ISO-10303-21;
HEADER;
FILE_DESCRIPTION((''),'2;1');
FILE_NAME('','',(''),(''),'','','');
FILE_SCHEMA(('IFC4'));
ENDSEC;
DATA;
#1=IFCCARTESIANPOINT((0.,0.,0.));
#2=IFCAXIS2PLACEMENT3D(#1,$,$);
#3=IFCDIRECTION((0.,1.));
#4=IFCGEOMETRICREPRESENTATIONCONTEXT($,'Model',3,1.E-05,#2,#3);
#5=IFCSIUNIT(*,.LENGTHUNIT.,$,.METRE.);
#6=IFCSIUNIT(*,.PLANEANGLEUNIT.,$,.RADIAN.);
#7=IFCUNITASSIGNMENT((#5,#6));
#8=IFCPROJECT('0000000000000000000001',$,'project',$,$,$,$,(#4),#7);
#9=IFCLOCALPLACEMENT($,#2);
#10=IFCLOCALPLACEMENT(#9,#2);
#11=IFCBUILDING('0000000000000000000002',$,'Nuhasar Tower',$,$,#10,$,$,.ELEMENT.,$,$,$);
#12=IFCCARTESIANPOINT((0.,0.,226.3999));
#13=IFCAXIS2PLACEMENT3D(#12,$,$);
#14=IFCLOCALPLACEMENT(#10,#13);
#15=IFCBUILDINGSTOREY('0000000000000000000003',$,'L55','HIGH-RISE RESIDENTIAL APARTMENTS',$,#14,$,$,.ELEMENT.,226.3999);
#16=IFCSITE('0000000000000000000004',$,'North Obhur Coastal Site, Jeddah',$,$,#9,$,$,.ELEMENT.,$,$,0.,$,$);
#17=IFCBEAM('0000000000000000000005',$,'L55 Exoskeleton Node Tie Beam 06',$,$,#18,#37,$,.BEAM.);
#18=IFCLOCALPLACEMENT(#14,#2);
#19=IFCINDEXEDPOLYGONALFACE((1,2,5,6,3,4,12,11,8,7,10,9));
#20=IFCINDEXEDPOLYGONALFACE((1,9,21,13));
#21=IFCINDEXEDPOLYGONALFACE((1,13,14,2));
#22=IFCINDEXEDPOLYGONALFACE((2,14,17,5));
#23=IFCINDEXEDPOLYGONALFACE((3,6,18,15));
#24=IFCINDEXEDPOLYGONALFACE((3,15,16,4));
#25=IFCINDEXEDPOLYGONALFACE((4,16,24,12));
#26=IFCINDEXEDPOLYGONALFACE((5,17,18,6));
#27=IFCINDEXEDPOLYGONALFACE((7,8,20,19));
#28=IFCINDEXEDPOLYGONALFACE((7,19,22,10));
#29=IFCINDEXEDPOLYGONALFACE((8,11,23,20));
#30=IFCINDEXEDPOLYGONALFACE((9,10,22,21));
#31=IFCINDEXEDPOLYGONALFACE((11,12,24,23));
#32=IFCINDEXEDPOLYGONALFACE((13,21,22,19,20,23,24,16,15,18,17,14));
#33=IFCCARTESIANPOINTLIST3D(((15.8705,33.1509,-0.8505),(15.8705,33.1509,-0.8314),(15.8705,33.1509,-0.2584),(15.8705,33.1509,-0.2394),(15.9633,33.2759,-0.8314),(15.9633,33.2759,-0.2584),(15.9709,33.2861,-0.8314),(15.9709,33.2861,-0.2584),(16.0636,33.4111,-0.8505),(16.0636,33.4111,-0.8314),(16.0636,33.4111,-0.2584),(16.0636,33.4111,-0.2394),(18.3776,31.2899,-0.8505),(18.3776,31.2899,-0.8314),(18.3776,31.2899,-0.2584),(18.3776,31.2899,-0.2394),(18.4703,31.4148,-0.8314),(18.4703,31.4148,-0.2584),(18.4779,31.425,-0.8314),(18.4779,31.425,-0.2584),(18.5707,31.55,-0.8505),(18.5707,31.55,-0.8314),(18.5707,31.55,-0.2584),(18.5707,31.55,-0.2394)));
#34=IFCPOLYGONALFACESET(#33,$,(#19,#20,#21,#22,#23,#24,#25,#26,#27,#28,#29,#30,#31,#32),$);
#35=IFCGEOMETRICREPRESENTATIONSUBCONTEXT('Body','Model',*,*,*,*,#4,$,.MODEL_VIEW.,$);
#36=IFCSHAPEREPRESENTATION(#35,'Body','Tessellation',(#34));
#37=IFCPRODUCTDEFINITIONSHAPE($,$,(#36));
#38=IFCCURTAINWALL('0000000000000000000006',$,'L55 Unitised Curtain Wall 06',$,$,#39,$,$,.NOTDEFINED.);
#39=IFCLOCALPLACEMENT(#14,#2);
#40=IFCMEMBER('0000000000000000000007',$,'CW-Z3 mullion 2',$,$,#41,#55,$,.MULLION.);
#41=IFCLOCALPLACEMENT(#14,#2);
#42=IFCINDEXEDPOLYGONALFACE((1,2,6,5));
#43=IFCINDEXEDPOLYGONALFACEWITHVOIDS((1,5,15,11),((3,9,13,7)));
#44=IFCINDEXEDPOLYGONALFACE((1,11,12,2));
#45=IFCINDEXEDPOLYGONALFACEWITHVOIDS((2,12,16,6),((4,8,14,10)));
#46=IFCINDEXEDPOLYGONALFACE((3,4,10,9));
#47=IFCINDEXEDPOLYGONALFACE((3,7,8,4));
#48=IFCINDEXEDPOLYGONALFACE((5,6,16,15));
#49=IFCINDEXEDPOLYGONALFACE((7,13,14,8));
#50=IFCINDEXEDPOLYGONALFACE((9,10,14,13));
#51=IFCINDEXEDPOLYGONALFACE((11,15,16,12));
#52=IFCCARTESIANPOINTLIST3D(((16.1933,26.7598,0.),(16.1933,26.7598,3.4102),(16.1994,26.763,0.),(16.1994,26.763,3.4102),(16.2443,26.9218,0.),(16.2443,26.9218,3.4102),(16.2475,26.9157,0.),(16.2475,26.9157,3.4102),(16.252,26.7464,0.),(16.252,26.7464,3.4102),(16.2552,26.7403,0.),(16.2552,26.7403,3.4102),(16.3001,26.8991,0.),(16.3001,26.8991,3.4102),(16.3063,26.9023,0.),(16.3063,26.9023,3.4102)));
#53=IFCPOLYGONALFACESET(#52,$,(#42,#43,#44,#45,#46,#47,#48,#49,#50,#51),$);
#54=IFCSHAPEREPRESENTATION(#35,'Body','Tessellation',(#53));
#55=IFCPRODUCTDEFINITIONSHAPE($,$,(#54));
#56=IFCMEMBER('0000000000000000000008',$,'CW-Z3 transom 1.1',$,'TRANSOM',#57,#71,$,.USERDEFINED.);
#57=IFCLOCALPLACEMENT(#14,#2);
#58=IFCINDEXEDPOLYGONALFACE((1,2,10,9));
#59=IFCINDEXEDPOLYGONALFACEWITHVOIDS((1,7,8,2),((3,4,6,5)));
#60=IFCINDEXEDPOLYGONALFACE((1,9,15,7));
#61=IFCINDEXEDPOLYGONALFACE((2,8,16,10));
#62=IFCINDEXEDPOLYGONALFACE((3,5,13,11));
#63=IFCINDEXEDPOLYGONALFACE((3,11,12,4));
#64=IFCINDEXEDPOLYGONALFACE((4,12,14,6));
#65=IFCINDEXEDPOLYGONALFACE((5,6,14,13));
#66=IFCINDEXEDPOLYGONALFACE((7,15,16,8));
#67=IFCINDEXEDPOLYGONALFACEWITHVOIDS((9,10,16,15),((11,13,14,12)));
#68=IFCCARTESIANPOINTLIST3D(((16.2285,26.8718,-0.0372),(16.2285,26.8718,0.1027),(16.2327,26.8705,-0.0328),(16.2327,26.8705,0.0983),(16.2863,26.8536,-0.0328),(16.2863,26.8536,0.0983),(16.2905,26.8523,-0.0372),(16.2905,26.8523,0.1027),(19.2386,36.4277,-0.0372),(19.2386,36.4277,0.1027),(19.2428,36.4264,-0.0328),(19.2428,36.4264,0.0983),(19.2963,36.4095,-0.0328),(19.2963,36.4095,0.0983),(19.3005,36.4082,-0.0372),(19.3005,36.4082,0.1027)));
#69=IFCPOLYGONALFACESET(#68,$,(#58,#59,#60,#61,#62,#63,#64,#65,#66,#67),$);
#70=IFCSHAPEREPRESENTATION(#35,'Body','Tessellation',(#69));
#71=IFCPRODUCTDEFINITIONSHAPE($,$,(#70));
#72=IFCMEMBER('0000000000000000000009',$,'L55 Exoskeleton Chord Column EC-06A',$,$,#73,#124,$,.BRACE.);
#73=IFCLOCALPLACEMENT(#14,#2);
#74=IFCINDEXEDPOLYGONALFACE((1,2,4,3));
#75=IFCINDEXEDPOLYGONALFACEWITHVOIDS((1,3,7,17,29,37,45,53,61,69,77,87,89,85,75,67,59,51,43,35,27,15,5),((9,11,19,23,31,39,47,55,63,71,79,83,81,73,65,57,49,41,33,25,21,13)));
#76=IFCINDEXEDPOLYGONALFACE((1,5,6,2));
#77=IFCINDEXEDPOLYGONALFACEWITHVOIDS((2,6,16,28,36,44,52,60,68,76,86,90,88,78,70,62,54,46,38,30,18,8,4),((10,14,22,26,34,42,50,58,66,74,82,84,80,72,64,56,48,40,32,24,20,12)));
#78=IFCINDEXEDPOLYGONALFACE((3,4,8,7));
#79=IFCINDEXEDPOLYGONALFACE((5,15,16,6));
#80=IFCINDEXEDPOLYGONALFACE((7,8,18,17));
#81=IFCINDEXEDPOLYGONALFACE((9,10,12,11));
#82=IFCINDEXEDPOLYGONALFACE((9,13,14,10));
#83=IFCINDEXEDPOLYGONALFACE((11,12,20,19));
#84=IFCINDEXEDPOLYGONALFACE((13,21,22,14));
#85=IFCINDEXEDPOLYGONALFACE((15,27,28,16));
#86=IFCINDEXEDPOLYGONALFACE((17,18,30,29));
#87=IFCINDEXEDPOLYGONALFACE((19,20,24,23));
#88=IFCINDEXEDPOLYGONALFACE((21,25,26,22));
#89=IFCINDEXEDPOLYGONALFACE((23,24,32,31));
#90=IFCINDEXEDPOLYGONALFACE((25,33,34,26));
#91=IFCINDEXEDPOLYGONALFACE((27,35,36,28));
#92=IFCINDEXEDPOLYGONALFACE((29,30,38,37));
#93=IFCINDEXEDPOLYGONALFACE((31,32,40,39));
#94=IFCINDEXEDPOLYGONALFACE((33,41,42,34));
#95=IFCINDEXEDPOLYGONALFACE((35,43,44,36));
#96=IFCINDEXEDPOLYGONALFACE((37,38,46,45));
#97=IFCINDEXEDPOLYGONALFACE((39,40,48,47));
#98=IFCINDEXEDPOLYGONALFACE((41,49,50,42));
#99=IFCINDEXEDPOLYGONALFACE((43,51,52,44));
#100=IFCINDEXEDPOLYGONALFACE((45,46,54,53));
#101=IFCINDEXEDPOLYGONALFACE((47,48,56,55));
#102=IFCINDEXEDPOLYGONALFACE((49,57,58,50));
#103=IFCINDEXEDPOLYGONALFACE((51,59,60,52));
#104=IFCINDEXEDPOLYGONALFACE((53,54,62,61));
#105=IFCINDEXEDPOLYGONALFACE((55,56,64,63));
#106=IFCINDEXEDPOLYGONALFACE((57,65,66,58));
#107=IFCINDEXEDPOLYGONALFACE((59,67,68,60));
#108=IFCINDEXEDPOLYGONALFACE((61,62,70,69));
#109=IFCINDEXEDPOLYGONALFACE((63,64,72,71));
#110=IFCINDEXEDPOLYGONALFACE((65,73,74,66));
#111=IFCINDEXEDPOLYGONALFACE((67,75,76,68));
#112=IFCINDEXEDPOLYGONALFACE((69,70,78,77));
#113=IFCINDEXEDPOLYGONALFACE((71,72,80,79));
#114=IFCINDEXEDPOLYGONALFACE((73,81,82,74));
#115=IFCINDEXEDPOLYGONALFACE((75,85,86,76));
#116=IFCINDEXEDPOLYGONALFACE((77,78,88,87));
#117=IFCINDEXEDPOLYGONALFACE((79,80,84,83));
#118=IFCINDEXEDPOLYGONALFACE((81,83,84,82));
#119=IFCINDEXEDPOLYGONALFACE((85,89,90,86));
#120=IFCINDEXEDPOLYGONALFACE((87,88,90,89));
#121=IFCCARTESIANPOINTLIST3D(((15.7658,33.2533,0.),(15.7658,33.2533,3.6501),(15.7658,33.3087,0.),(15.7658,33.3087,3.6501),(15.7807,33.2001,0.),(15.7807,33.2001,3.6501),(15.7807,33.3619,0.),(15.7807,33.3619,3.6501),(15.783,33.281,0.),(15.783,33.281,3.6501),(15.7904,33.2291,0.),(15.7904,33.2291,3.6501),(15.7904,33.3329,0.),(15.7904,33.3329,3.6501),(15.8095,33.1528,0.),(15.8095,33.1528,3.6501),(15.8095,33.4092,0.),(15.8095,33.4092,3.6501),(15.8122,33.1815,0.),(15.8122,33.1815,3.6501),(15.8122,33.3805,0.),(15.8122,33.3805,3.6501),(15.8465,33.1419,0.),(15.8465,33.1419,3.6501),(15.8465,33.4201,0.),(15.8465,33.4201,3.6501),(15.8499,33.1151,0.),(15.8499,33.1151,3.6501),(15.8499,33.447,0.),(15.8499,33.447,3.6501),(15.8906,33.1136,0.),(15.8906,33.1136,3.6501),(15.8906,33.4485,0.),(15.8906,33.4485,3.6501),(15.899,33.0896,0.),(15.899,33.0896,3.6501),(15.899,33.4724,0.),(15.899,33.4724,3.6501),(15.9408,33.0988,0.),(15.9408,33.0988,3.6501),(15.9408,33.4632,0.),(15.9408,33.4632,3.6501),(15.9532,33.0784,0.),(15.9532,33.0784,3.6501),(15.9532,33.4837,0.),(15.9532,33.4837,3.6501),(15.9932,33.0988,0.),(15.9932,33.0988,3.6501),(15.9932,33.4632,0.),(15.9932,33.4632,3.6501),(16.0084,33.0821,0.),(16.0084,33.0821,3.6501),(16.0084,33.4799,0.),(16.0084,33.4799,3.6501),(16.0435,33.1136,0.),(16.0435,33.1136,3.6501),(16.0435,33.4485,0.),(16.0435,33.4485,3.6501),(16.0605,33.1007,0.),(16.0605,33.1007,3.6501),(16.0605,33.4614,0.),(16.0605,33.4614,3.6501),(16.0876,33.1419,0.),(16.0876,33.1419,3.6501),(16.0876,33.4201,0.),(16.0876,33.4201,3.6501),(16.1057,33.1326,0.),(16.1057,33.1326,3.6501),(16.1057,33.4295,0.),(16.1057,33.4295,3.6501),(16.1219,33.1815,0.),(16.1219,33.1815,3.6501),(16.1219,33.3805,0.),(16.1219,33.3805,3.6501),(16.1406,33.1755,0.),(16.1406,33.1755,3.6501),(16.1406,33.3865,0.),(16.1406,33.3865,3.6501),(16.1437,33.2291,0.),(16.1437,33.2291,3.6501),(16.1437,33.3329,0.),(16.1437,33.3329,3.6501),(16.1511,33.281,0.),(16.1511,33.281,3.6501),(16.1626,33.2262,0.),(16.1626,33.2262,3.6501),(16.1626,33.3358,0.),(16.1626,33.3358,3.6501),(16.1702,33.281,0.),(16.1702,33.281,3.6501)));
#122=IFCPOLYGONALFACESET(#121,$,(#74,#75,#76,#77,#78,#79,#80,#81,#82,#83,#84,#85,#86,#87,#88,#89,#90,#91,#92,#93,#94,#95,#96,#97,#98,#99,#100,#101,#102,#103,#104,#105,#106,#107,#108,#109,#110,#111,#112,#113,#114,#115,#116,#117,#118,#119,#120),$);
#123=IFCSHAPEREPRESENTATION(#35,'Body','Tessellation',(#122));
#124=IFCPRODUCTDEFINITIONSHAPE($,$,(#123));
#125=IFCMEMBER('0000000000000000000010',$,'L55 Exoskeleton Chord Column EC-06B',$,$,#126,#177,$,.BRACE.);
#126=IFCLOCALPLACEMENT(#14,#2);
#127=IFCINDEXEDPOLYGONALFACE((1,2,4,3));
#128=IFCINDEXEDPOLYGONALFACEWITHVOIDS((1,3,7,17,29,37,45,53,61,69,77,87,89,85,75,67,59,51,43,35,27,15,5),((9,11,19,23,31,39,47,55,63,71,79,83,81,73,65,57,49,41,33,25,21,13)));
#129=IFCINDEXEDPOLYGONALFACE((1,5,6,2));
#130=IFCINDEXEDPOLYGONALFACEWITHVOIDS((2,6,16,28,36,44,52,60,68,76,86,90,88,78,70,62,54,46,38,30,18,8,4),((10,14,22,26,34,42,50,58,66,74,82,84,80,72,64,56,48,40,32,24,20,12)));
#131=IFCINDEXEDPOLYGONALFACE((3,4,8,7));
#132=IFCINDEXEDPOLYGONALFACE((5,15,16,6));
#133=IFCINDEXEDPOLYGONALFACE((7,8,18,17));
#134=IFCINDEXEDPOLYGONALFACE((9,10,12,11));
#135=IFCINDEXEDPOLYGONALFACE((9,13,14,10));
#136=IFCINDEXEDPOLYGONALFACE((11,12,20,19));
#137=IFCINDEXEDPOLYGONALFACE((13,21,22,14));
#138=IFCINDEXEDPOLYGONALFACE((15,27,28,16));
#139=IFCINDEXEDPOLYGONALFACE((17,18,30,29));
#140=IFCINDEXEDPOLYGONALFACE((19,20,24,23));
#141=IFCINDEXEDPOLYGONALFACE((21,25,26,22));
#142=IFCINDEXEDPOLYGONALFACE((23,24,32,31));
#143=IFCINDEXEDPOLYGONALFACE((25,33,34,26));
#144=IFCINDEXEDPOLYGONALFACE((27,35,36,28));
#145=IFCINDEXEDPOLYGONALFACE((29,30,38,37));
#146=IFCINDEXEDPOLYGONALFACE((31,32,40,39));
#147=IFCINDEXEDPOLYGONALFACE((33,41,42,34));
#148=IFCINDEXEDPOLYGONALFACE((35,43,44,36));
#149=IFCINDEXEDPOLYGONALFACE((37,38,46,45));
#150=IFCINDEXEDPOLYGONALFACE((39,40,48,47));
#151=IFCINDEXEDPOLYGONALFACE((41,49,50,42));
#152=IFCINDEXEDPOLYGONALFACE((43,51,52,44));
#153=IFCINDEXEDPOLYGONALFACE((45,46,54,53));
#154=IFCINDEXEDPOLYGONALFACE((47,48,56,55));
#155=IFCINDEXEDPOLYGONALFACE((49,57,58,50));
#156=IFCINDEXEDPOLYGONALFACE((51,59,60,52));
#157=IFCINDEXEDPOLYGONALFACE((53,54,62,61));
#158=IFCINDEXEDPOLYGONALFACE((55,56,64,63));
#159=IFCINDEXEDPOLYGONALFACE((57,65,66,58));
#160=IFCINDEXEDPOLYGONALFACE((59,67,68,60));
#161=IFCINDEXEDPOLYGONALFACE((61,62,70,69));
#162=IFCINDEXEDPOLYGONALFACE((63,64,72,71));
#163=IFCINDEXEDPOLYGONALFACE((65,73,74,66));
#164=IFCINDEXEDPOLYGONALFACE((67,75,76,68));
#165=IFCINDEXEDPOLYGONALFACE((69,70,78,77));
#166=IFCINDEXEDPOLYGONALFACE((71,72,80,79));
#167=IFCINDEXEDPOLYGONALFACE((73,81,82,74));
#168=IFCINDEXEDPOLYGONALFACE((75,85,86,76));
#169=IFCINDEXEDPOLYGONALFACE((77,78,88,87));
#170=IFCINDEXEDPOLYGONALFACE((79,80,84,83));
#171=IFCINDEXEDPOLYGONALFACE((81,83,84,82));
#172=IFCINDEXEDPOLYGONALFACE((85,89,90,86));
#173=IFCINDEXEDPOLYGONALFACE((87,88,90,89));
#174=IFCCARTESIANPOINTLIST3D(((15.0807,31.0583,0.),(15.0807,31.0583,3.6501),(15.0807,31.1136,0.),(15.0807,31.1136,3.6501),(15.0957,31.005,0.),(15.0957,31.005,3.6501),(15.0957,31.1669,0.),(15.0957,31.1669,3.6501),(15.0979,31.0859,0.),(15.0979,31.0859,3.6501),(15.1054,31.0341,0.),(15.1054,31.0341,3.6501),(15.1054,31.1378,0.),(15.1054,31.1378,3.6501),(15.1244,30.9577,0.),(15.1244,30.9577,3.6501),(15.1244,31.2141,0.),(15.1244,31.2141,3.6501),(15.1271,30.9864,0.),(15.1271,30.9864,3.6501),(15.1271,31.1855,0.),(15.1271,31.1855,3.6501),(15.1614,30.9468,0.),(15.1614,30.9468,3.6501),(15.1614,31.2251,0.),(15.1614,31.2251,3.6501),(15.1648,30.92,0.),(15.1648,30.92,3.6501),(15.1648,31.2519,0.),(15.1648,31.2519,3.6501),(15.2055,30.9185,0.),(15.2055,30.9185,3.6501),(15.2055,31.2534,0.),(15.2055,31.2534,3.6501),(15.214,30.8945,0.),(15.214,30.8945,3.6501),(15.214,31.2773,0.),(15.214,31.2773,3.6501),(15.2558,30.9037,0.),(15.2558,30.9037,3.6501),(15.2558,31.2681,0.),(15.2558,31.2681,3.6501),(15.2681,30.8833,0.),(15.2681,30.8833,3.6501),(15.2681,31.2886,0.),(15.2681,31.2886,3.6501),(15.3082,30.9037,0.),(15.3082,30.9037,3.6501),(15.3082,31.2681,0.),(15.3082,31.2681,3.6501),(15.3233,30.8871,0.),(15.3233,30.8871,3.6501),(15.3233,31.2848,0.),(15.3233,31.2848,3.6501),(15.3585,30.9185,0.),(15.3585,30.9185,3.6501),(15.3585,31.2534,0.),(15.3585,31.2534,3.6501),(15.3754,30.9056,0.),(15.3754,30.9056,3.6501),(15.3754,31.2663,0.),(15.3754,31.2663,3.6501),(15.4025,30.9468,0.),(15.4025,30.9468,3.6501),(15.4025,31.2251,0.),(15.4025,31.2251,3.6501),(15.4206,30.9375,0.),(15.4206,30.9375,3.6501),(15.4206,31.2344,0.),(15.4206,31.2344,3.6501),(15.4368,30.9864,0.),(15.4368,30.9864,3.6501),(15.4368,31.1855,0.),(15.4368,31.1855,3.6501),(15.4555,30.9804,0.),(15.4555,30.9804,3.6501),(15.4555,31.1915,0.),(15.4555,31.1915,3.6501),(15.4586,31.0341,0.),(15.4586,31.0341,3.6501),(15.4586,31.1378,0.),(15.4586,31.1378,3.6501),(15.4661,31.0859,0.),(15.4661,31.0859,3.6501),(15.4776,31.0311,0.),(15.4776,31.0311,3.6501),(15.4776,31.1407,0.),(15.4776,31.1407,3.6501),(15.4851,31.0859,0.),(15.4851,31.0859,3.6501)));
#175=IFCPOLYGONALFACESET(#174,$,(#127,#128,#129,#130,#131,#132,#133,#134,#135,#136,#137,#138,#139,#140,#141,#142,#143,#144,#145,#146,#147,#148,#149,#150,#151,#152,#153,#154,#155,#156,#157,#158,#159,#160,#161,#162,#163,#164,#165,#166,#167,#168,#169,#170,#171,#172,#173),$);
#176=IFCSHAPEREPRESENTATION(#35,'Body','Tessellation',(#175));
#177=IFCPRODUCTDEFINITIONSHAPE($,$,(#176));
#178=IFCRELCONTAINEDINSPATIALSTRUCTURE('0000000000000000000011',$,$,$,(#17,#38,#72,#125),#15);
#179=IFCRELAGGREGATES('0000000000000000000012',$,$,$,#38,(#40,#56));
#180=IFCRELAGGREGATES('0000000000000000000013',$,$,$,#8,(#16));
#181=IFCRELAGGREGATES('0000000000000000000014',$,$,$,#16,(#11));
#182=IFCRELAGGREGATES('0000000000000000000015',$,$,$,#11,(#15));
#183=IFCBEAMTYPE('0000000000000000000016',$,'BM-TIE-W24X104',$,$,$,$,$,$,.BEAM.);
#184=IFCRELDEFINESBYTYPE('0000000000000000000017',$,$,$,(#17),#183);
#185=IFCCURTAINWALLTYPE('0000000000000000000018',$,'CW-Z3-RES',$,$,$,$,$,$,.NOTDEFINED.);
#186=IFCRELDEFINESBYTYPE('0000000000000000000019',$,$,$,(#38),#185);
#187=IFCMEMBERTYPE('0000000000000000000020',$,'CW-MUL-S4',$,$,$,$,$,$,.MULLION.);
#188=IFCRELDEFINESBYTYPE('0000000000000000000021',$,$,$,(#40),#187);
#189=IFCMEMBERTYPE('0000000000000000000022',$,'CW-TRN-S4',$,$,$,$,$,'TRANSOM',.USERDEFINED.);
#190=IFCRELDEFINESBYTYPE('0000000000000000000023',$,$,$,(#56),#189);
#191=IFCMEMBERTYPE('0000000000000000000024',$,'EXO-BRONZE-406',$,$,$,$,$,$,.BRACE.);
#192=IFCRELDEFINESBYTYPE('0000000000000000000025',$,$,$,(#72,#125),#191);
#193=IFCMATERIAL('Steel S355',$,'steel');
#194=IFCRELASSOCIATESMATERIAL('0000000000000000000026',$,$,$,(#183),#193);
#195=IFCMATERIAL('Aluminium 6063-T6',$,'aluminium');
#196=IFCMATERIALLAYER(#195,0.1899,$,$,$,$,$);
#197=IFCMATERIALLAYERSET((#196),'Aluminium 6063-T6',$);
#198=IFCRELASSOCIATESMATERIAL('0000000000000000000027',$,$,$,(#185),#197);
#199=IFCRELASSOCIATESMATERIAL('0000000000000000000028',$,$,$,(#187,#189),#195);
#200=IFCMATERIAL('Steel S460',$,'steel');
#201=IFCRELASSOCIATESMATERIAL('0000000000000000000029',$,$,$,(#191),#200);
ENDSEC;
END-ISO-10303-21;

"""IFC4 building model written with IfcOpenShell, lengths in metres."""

from ifc_helpers import new_model, si_unit, direction, frame, origin, origin_2d, place, context, subcontext, project, spatial, hollow_rectangle, hollow_circle, i_section, extrude, material, layer, layer_set, material_profile, profile_set, type_object, element, aggregate, save


model = new_model("IFC4")

# Units and contexts
model_context = context("Model", 3, precision=1e-05, world=origin(), true_north=direction((0.0, 1.0)))
body_context = subcontext(model_context, "Body", "Model", "MODEL_VIEW")
ifc_project = project(units=[si_unit("LENGTHUNIT", "METRE"), si_unit("PLANEANGLEUNIT", "RADIAN")], contexts=[model_context])

# Site, building, storey
site_placement = place(None, origin())
site = spatial("IfcSite", under=ifc_project, at=site_placement, Name="North Obhur Coastal Site, Jeddah", CompositionType="ELEMENT", RefElevation=0.0)
building_placement = place(site_placement, origin())
building = spatial("IfcBuilding", under=site, at=building_placement, Name="Nuhasar Tower", CompositionType="ELEMENT")
storey_placement = place(building_placement, frame((0.0, 0.0, 226.3999)))
storey = spatial("IfcBuildingStorey", under=building, at=storey_placement, Name="L55", Description="HIGH-RISE RESIDENTIAL APARTMENTS", CompositionType="ELEMENT", Elevation=226.3999)

# Beam
ifc_material_1 = material(Name="Steel S355", Category="steel")
ifc_material_profile_1 = material_profile(ifc_material_1, i_section(OverallWidth=0.324, OverallDepth=0.6111, WebThickness=0.0127, FlangeThickness=0.019, at=origin_2d()), Name="W24X104")
ifc_profile_set_1 = profile_set([ifc_material_profile_1], Name="Steel S355")
beam_type_1 = type_object("IfcBeamType", Name="BM-TIE-W24X104", PredefinedType="BEAM", material=ifc_profile_set_1)
beam_1_placement = place(storey_placement, frame((18.4741, 31.4199, -0.5449), z_axis=(-0.802946, 0.596052, 0.0), x_axis=(-0.596052, -0.802946, 0.0)))
element("IfcBeam", 1, at=beam_1_placement, inside=storey, type_object=beam_type_1, Name="L55 Exoskeleton Node Tie Beam 06", PredefinedType="BEAM", context=body_context, shape_type="SweptSolid", body=[
    extrude(i_section(OverallWidth=0.324, OverallDepth=0.6111, WebThickness=0.0127, FlangeThickness=0.019, at=origin_2d()), origin(), (0.0, 0.0, 1.0), 3.1223),
])

# Curtain wall, members
ifc_material_2 = material(Name="Aluminium 6063-T6", Category="aluminium")
ifc_layer_1 = layer(ifc_material_2, 0.1899)
ifc_layer_set_1 = layer_set([ifc_layer_1], Name="Aluminium 6063-T6")
curtain_wall_type = type_object("IfcCurtainWallType", Name="CW-Z3-RES", PredefinedType="NOTDEFINED", material=ifc_layer_set_1)
curtain_wall_placement = place(storey_placement, origin())
curtain_wall = element("IfcCurtainWall", 2, at=curtain_wall_placement, inside=storey, type_object=curtain_wall_type, Name="L55 Unitised Curtain Wall 06", PredefinedType="NOTDEFINED")
ifc_material_profile_2 = material_profile(ifc_material_2, hollow_rectangle(XDim=0.0649, YDim=0.1699, WallThickness=0.0049, at=origin_2d()), Name="CWM-4")
ifc_profile_set_2 = profile_set([ifc_material_profile_2], Name="Aluminium 6063-T6")
member_type_1 = type_object("IfcMemberType", Name="CW-MUL-S4", PredefinedType="MULLION", material=ifc_profile_set_2)
member_1_placement = place(storey_placement, frame((16.2498, 26.8311, 0.0), z_axis=(0.0, 0.0, 1.0), x_axis=(0.953804, -0.300429, 0.0)))
member_1 = element("IfcMember", 3, at=member_1_placement, type_object=member_type_1, Name="CW-Z3 mullion 2", PredefinedType="MULLION", context=body_context, shape_type="SweptSolid", body=[
    extrude(hollow_rectangle(XDim=0.0649, YDim=0.1699, WallThickness=0.0049, at=origin_2d()), origin(), (0.0, 0.0, 1.0), 3.4102),
])
ifc_material_profile_3 = material_profile(ifc_material_2, hollow_rectangle(XDim=0.0649, YDim=0.1399, WallThickness=0.0044, at=origin_2d()), Name="CWT-4")
ifc_profile_set_3 = profile_set([ifc_material_profile_3], Name="Aluminium 6063-T6")
member_type_2 = type_object("IfcMemberType", Name="CW-TRN-S4", ElementType="TRANSOM", PredefinedType="USERDEFINED", material=ifc_profile_set_3)
member_2_placement = place(storey_placement, frame((19.2695, 36.418, 0.0327), z_axis=(-0.300437, -0.953802, 0.0), x_axis=(0.953802, -0.300437, 0.0)))
member_2 = element("IfcMember", 4, at=member_2_placement, type_object=member_type_2, Name="CW-Z3 transom 1.1", ObjectType="TRANSOM", PredefinedType="USERDEFINED", context=body_context, shape_type="SweptSolid", body=[
    extrude(hollow_rectangle(XDim=0.0649, YDim=0.1399, WallThickness=0.0044, at=origin_2d()), origin(), (0.0, 0.0, 1.0), 10.0188),
])

# Members
ifc_material_3 = material(Name="Steel S460", Category="steel")
ifc_material_profile_4 = material_profile(ifc_material_3, hollow_circle(Radius=0.2031, WallThickness=0.019, at=origin_2d()), Name="HSS406.4X19.1")
ifc_profile_set_4 = profile_set([ifc_material_profile_4], Name="Steel S460")
member_type_3 = type_object("IfcMemberType", Name="EXO-BRONZE-406", PredefinedType="BRACE", material=ifc_profile_set_4)
for number, where, z_axis, x_axis, name in (
    (5, (15.967, 33.281, 0.0), (0.0, 0.0, 1.0), (1.0, 0.0, 0.0), "L55 Exoskeleton Chord Column EC-06A"),
    (6, (15.282, 31.0859, 0.0), (0.0, 0.0, 1.0), (1.0, 0.0, 0.0), "L55 Exoskeleton Chord Column EC-06B"),
):
    element("IfcMember", number, at=place(storey_placement, frame(where, z_axis=z_axis, x_axis=x_axis)), inside=storey, type_object=member_type_3, Name=name, PredefinedType="BRACE", context=body_context, shape_type="SweptSolid", body=[
        extrude(hollow_circle(Radius=0.2031, WallThickness=0.019, at=origin_2d()), origin(), (0.0, 0.0, 1.0), 3.6501),
    ])

aggregate(curtain_wall, [member_1, member_2])

save(model, "model.ifc")
